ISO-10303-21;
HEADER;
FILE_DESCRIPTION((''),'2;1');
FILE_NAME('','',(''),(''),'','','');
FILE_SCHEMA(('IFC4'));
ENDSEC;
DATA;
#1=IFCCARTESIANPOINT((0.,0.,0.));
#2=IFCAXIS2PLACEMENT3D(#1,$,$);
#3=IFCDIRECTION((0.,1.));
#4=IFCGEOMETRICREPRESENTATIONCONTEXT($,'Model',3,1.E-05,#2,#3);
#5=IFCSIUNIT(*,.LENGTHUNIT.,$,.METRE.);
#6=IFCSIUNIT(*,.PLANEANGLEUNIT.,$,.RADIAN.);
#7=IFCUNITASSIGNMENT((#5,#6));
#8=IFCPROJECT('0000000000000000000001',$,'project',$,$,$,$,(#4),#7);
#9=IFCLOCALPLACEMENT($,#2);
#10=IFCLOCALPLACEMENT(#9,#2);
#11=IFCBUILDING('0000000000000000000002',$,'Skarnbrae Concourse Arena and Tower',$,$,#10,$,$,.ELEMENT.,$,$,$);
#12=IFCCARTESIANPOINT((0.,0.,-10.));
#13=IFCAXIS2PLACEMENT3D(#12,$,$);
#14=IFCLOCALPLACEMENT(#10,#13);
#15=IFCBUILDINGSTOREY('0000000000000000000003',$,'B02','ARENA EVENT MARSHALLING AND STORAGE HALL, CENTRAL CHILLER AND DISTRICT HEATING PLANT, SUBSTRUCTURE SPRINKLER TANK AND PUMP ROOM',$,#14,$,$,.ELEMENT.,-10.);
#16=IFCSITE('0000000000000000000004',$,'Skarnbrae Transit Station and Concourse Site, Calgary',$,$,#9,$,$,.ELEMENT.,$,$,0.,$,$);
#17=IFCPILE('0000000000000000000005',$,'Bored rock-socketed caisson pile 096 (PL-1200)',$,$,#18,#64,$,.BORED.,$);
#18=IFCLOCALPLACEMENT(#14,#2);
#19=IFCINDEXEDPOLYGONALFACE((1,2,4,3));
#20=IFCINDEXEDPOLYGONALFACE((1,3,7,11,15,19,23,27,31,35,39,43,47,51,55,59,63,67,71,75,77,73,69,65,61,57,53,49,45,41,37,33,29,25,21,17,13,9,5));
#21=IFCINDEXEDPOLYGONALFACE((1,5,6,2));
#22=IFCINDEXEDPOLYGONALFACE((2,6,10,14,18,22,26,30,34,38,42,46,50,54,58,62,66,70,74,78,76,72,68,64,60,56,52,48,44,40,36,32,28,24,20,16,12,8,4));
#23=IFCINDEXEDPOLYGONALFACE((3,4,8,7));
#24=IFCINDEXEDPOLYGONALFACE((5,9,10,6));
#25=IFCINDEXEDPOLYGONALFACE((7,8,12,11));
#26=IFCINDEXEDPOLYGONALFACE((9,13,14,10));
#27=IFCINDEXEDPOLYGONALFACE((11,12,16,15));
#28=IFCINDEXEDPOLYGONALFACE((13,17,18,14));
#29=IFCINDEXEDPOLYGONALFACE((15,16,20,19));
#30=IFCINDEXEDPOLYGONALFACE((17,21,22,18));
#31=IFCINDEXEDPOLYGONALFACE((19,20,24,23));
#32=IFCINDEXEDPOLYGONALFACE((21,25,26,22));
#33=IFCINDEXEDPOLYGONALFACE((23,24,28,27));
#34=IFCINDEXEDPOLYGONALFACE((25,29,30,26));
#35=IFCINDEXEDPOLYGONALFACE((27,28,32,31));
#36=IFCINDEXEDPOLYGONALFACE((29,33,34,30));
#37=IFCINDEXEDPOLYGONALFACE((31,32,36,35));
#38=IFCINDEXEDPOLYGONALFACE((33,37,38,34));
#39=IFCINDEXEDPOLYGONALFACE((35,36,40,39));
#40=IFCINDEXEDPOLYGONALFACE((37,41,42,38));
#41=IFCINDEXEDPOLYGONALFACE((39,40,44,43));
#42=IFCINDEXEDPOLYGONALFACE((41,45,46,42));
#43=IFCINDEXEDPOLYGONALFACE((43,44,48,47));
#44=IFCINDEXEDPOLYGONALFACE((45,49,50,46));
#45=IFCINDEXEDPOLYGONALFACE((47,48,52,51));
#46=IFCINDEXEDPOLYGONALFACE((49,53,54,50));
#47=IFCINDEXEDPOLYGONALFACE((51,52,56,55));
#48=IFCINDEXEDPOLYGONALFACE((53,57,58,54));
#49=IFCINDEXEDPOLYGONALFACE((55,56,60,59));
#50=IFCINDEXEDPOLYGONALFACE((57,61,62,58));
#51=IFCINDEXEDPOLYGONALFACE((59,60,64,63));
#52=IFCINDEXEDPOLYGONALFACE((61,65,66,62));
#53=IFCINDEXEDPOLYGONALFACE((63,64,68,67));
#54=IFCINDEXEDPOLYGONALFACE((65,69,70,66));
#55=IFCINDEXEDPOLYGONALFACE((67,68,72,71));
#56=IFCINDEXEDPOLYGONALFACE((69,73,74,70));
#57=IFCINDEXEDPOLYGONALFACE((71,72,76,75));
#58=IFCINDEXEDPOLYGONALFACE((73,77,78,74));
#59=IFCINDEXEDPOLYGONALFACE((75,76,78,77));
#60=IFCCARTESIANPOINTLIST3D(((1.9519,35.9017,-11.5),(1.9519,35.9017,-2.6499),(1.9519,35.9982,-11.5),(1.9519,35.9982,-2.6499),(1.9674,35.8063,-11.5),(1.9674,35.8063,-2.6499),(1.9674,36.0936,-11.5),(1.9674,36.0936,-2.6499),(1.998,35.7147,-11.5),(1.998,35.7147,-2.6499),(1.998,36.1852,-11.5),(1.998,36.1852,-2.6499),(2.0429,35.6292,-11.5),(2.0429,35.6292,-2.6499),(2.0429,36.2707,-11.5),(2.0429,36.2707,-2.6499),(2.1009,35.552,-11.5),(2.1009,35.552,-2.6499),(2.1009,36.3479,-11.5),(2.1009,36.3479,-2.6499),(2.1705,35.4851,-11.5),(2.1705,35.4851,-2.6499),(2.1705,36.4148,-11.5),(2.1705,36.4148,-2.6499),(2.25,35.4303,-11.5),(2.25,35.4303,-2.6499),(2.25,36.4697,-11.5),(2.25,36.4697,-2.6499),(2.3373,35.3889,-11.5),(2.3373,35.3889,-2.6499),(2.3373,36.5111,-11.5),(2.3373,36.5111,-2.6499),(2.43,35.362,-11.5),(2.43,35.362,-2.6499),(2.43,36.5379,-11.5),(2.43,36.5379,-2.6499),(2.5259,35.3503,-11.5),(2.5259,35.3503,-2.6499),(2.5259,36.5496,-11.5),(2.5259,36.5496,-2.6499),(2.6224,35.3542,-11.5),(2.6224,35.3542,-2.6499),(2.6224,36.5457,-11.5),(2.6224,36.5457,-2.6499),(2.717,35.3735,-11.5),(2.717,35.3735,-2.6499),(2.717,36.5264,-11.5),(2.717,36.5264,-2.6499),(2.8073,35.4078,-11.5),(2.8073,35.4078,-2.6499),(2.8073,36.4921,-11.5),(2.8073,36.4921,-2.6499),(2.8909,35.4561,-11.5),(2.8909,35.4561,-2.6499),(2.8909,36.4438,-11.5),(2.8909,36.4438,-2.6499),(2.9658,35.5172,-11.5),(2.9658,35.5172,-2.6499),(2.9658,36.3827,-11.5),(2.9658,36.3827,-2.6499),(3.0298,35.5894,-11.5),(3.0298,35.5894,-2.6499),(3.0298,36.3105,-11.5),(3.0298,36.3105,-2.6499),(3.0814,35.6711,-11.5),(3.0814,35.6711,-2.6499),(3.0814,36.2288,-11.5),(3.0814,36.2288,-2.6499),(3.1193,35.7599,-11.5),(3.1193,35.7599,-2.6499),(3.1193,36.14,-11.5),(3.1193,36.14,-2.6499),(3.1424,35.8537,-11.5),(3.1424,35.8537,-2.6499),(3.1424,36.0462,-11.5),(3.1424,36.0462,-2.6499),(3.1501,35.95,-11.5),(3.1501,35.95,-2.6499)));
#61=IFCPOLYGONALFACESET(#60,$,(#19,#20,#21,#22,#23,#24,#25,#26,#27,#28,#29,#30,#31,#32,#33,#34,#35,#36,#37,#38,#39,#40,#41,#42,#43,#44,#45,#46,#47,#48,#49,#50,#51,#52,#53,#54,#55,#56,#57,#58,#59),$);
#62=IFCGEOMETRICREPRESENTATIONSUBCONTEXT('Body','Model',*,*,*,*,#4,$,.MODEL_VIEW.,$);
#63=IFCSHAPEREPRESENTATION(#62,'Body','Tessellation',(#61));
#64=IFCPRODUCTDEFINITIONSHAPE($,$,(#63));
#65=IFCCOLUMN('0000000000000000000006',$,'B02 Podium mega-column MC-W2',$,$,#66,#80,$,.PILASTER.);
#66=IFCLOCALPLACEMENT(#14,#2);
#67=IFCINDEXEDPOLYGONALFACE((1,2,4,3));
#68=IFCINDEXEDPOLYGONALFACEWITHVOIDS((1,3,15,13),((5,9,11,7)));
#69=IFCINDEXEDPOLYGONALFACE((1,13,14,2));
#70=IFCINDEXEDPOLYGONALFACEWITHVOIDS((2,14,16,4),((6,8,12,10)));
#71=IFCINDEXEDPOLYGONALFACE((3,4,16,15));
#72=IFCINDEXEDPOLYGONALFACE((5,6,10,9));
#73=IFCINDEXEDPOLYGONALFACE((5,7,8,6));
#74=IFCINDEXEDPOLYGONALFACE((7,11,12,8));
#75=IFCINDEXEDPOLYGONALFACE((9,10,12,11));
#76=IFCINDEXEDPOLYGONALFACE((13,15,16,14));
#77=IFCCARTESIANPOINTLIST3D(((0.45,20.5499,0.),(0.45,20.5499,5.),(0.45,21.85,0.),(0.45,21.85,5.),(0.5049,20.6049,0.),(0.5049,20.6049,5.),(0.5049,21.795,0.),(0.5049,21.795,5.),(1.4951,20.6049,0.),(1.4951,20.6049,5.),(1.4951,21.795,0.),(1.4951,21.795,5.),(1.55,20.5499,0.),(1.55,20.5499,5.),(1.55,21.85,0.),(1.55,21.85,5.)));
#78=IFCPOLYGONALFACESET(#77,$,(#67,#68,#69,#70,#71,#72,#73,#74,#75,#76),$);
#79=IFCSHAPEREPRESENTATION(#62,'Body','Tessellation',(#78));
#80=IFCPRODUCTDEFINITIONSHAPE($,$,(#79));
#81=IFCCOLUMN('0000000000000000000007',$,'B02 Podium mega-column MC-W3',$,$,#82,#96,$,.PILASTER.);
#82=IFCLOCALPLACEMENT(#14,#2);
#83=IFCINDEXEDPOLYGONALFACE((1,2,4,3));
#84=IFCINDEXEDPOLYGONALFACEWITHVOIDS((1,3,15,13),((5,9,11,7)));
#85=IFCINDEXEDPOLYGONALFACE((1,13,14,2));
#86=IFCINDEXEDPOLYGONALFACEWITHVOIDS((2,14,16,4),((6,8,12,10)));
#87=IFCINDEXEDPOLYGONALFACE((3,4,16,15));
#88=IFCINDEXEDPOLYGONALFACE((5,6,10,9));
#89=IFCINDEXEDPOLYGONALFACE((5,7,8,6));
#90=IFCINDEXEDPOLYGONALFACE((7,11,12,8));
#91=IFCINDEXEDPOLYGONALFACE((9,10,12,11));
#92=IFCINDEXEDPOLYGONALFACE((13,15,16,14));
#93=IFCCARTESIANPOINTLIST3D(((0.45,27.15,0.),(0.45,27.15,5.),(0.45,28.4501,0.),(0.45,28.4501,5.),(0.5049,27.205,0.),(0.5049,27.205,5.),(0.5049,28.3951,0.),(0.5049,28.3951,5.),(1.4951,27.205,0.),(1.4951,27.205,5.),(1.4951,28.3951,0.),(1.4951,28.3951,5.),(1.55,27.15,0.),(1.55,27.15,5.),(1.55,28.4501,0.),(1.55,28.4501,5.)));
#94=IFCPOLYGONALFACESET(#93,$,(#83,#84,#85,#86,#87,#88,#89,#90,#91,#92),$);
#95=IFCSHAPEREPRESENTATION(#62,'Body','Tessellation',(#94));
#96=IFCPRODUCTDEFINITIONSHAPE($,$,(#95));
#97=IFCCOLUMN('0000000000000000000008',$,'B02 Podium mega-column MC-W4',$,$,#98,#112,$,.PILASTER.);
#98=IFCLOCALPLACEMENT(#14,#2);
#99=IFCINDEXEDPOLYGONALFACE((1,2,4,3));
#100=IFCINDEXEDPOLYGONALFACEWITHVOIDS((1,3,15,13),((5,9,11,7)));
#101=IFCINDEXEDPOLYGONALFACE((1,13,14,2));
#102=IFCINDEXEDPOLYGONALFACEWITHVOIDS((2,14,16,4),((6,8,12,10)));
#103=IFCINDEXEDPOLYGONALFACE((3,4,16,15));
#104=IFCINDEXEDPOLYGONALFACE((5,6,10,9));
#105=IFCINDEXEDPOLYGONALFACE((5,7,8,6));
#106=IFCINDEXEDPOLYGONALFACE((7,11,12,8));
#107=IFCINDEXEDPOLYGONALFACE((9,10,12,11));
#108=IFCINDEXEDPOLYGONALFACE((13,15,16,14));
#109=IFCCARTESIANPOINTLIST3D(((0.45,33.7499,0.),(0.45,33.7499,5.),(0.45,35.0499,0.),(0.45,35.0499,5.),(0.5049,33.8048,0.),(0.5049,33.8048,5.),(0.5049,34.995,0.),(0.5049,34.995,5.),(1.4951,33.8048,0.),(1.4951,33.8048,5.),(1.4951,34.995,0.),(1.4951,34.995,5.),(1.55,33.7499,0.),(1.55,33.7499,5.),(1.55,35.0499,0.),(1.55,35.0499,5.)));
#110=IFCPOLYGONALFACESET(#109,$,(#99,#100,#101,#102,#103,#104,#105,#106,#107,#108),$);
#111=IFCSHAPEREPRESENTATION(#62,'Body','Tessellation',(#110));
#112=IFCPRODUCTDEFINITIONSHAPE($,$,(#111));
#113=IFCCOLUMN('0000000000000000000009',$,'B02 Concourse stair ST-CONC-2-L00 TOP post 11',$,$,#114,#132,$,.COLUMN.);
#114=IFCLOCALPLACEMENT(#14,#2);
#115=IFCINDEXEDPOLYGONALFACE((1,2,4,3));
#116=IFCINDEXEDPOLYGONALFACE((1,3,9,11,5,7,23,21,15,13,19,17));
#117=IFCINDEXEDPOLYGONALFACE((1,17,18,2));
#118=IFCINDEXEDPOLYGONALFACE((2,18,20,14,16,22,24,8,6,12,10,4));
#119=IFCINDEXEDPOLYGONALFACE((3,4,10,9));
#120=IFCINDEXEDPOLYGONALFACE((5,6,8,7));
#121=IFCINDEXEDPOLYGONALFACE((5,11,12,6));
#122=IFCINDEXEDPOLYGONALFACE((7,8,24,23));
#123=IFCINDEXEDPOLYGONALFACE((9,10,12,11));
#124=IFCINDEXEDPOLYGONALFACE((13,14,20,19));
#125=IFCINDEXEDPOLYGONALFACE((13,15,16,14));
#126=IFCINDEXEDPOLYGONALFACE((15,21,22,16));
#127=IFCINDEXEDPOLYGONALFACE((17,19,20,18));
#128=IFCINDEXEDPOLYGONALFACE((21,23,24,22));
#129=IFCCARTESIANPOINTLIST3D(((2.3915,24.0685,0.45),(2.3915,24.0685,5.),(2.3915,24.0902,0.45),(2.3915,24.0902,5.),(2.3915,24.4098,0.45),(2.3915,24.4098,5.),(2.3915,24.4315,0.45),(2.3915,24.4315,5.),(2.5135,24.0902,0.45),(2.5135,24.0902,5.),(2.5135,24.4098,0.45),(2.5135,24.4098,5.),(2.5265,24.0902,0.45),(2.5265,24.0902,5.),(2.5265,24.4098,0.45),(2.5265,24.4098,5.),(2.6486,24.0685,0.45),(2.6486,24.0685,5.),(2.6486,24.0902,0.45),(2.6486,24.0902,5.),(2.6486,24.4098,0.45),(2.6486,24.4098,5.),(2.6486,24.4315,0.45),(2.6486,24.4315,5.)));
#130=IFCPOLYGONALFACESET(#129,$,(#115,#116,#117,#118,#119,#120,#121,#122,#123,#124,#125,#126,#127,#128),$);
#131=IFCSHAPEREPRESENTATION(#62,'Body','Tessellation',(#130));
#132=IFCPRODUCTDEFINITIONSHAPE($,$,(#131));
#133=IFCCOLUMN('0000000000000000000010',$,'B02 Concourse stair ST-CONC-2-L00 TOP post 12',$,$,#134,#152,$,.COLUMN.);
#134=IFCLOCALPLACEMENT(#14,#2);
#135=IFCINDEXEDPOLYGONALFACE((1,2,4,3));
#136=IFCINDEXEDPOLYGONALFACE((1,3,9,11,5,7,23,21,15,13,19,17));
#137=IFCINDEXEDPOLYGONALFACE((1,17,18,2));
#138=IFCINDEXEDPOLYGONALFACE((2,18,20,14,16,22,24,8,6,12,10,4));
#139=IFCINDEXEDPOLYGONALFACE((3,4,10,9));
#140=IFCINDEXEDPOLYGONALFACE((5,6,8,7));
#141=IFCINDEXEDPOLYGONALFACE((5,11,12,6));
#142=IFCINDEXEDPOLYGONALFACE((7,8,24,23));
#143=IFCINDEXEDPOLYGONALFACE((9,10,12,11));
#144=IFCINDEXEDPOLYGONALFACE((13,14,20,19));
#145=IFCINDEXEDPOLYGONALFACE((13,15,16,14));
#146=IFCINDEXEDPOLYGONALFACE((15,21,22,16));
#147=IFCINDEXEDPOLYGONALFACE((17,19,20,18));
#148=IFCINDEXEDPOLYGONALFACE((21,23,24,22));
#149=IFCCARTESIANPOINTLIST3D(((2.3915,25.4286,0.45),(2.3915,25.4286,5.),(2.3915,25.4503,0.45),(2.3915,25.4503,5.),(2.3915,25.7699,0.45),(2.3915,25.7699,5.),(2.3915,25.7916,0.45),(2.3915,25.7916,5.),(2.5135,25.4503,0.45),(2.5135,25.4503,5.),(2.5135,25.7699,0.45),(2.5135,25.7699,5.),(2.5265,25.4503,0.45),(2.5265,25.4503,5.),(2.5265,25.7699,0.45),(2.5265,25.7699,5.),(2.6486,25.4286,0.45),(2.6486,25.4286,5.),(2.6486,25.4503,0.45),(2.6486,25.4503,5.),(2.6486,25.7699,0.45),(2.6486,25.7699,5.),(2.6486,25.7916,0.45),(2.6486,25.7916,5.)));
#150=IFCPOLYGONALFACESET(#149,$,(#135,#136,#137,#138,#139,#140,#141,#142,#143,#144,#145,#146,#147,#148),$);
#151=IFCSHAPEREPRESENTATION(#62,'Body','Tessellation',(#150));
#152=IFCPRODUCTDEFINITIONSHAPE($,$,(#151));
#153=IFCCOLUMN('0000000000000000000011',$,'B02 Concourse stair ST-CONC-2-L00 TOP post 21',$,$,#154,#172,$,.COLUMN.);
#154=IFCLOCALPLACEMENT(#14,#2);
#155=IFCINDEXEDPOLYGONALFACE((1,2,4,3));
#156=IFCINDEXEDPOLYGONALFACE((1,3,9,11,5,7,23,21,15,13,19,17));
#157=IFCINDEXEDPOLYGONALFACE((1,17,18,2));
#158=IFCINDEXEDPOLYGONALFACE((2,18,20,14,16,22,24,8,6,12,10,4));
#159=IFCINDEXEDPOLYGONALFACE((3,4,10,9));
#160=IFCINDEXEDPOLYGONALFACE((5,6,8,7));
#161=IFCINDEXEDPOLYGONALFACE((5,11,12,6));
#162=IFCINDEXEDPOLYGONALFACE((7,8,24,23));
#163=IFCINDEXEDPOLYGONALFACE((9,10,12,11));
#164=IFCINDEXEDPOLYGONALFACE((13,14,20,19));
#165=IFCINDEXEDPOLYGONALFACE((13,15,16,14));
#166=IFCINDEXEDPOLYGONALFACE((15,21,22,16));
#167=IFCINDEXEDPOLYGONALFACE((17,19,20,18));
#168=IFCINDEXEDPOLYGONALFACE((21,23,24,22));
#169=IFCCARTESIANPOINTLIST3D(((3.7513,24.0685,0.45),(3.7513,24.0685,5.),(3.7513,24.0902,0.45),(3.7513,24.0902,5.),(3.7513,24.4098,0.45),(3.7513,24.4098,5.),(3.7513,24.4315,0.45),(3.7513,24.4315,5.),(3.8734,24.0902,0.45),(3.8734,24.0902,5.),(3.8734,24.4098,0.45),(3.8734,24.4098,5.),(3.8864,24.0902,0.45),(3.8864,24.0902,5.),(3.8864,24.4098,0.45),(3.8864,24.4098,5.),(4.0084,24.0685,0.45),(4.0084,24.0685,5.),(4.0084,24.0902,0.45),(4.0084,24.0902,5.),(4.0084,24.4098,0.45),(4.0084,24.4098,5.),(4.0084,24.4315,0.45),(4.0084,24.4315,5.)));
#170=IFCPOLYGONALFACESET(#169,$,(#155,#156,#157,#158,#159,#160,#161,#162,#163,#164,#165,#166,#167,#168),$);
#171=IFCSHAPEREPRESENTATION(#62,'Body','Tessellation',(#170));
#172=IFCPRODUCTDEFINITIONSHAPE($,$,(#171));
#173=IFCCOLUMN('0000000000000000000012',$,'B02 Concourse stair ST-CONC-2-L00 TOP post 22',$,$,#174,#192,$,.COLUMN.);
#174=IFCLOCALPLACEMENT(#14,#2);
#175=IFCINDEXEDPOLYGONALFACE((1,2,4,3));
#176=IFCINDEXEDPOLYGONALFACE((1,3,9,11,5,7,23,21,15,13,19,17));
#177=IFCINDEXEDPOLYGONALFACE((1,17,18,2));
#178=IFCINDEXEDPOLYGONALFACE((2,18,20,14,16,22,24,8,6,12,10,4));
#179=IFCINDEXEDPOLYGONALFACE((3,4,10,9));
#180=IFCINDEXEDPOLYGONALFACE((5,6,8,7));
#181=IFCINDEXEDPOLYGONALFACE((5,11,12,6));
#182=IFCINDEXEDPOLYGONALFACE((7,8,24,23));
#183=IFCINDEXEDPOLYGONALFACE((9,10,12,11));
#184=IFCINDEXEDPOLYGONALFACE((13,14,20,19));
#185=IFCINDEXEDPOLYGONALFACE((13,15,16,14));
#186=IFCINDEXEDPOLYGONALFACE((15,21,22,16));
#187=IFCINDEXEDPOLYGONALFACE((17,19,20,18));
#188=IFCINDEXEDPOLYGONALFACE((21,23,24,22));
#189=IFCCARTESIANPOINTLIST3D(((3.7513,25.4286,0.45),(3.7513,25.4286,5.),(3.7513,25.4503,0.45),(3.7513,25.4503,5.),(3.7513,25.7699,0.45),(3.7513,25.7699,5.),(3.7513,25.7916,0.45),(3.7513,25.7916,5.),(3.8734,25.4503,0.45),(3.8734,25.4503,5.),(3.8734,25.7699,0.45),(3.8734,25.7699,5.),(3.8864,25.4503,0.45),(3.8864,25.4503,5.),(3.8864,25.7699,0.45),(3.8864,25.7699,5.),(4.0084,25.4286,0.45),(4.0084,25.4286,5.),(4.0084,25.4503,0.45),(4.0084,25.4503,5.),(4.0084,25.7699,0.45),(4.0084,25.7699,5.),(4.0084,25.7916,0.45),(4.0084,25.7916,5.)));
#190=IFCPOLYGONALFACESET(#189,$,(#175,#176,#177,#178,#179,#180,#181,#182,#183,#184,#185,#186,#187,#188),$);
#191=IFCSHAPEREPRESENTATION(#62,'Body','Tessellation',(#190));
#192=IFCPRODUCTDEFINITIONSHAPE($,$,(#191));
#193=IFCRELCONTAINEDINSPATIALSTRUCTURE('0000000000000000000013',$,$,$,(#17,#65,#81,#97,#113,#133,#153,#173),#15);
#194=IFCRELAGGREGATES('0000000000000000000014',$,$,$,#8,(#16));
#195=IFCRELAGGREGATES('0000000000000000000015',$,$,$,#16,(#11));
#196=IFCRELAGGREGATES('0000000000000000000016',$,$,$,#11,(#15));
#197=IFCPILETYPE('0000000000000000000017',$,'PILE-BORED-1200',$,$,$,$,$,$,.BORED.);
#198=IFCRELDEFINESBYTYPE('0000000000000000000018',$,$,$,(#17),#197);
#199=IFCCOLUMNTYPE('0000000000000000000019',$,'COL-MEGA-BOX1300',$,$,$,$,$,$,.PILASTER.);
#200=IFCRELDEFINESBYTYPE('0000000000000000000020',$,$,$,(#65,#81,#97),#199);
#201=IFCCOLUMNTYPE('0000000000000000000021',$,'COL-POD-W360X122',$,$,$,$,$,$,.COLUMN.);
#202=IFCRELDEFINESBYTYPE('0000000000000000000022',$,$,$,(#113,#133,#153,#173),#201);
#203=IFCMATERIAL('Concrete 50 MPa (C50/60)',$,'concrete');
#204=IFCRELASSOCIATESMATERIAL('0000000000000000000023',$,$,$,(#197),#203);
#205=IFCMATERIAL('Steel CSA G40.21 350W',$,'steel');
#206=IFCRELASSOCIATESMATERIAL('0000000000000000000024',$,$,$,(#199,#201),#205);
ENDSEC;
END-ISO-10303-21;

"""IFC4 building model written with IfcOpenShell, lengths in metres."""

from ifc_helpers import new_model, si_unit, direction, frame, origin, origin_2d, place, context, subcontext, project, spatial, hollow_rectangle, circle, i_section, extrude, source, transform, mapped, material, material_profile, profile_set, type_object, element, save


model = new_model("IFC4")

# Units and contexts
model_context = context("Model", 3, precision=1e-05, world=origin(), true_north=direction((0.0, 1.0)))
body_context = subcontext(model_context, "Body", "Model", "MODEL_VIEW")
ifc_project = project(units=[si_unit("LENGTHUNIT", "METRE"), si_unit("PLANEANGLEUNIT", "RADIAN")], contexts=[model_context])

# Site, building, storey
site_placement = place(None, origin())
site = spatial("IfcSite", under=ifc_project, at=site_placement, Name="Skarnbrae Transit Station and Concourse Site, Calgary", CompositionType="ELEMENT", RefElevation=0.0)
building_placement = place(site_placement, origin())
building = spatial("IfcBuilding", under=site, at=building_placement, Name="Skarnbrae Concourse Arena and Tower", CompositionType="ELEMENT")
storey_placement = place(building_placement, frame((0.0, 0.0, -10.0)))
storey = spatial("IfcBuildingStorey", under=building, at=storey_placement, Name="B02", Description="ARENA EVENT MARSHALLING AND STORAGE HALL, CENTRAL CHILLER AND DISTRICT HEATING PLANT, SUBSTRUCTURE SPRINKLER TANK AND PUMP ROOM", CompositionType="ELEMENT", Elevation=-10.0)

# Shared definitions
ifc_material_1 = material(Name="Concrete 50 MPa (C50/60)", Category="concrete")

# Pile
ifc_material_profile_1 = material_profile(ifc_material_1, circle(Radius=0.6001, at=origin_2d()), Name="CAISSON-1200")
ifc_profile_set_1 = profile_set([ifc_material_profile_1], Name="Concrete 50 MPa (C50/60)")
pile_type = type_object("IfcPileType", Name="PILE-BORED-1200", PredefinedType="BORED", material=ifc_profile_set_1)
shared_shape_1 = source(origin(), body_context, "Body", "SweptSolid", [
    extrude(circle(Radius=0.6001, at=origin_2d()), origin(), (0.0, 0.0, 1.0), 8.8501),
])
for number, where, z_axis, x_axis, name in (
    (1, (2.55, 35.95, -2.6499), (0.0, 0.0, -1.0), (1.0, 0.0, 0.0), "Bored rock-socketed caisson pile 096 (PL-1200)"),
):
    element("IfcPile", number, at=place(storey_placement, frame(where, z_axis=z_axis, x_axis=x_axis)), inside=storey, type_object=pile_type, Name=name, PredefinedType="BORED", context=body_context, shape_type="MappedRepresentation", body=[
        mapped(shared_shape_1, transform((0.0, 0.0, 0.0))),
    ])

# Columns
ifc_material_2 = material(Name="Steel CSA G40.21 350W", Category="steel")
ifc_material_profile_2 = material_profile(ifc_material_2, hollow_rectangle(XDim=1.1001, YDim=1.3, WallThickness=0.0549, at=origin_2d()), Name="BOX1300X1100X55")
ifc_profile_set_2 = profile_set([ifc_material_profile_2], Name="Steel CSA G40.21 350W")
column_type_1 = type_object("IfcColumnType", Name="COL-MEGA-BOX1300", PredefinedType="PILASTER", material=ifc_profile_set_2)
shared_shape_2 = source(origin(), body_context, "Body", "SweptSolid", [
    extrude(hollow_rectangle(XDim=1.1001, YDim=1.3, WallThickness=0.0549, at=origin_2d()), origin(), (0.0, 0.0, 1.0), 5.0),
])
for number, where, z_axis, x_axis, name in (
    (2, (1.0, 21.2, 0.0), (0.0, 0.0, 1.0), (1.0, 0.0, 0.0), "B02 Podium mega-column MC-W2"),
    (3, (1.0, 27.8, 0.0), (0.0, 0.0, 1.0), (1.0, 0.0, 0.0), "B02 Podium mega-column MC-W3"),
    (4, (1.0, 34.3999, 0.0), (0.0, 0.0, 1.0), (1.0, 0.0, 0.0), "B02 Podium mega-column MC-W4"),
):
    element("IfcColumn", number, at=place(storey_placement, frame(where, z_axis=z_axis, x_axis=x_axis)), inside=storey, type_object=column_type_1, Name=name, PredefinedType="PILASTER", context=body_context, shape_type="MappedRepresentation", body=[
        mapped(shared_shape_2, transform((0.0, 0.0, 0.0))),
    ])
ifc_material_profile_3 = material_profile(ifc_material_2, i_section(OverallWidth=0.2571, OverallDepth=0.363, WebThickness=0.0129, FlangeThickness=0.0217, at=origin_2d()), Name="W360X122")
ifc_profile_set_3 = profile_set([ifc_material_profile_3], Name="Steel CSA G40.21 350W")
column_type_2 = type_object("IfcColumnType", Name="COL-POD-W360X122", PredefinedType="COLUMN", material=ifc_profile_set_3)
shared_shape_3 = source(origin(), body_context, "Body", "SweptSolid", [
    extrude(i_section(OverallWidth=0.2571, OverallDepth=0.363, WebThickness=0.0129, FlangeThickness=0.0217, at=origin_2d()), origin(), (0.0, 0.0, 1.0), 4.55),
])
for number, where, z_axis, x_axis, name in (
    (5, (2.52, 24.25, 0.45), (0.0, 0.0, 1.0), (1.0, 0.0, 0.0), "B02 Concourse stair ST-CONC-2-L00 TOP post 11"),
    (6, (2.52, 25.6101, 0.45), (0.0, 0.0, 1.0), (1.0, 0.0, 0.0), "B02 Concourse stair ST-CONC-2-L00 TOP post 12"),
    (7, (3.8799, 24.25, 0.45), (0.0, 0.0, 1.0), (1.0, 0.0, 0.0), "B02 Concourse stair ST-CONC-2-L00 TOP post 21"),
    (8, (3.8799, 25.6101, 0.45), (0.0, 0.0, 1.0), (1.0, 0.0, 0.0), "B02 Concourse stair ST-CONC-2-L00 TOP post 22"),
):
    element("IfcColumn", number, at=place(storey_placement, frame(where, z_axis=z_axis, x_axis=x_axis)), inside=storey, type_object=column_type_2, Name=name, PredefinedType="COLUMN", context=body_context, shape_type="MappedRepresentation", body=[
        mapped(shared_shape_3, transform((0.0, 0.0, 0.0))),
    ])

save(model, "model.ifc")
